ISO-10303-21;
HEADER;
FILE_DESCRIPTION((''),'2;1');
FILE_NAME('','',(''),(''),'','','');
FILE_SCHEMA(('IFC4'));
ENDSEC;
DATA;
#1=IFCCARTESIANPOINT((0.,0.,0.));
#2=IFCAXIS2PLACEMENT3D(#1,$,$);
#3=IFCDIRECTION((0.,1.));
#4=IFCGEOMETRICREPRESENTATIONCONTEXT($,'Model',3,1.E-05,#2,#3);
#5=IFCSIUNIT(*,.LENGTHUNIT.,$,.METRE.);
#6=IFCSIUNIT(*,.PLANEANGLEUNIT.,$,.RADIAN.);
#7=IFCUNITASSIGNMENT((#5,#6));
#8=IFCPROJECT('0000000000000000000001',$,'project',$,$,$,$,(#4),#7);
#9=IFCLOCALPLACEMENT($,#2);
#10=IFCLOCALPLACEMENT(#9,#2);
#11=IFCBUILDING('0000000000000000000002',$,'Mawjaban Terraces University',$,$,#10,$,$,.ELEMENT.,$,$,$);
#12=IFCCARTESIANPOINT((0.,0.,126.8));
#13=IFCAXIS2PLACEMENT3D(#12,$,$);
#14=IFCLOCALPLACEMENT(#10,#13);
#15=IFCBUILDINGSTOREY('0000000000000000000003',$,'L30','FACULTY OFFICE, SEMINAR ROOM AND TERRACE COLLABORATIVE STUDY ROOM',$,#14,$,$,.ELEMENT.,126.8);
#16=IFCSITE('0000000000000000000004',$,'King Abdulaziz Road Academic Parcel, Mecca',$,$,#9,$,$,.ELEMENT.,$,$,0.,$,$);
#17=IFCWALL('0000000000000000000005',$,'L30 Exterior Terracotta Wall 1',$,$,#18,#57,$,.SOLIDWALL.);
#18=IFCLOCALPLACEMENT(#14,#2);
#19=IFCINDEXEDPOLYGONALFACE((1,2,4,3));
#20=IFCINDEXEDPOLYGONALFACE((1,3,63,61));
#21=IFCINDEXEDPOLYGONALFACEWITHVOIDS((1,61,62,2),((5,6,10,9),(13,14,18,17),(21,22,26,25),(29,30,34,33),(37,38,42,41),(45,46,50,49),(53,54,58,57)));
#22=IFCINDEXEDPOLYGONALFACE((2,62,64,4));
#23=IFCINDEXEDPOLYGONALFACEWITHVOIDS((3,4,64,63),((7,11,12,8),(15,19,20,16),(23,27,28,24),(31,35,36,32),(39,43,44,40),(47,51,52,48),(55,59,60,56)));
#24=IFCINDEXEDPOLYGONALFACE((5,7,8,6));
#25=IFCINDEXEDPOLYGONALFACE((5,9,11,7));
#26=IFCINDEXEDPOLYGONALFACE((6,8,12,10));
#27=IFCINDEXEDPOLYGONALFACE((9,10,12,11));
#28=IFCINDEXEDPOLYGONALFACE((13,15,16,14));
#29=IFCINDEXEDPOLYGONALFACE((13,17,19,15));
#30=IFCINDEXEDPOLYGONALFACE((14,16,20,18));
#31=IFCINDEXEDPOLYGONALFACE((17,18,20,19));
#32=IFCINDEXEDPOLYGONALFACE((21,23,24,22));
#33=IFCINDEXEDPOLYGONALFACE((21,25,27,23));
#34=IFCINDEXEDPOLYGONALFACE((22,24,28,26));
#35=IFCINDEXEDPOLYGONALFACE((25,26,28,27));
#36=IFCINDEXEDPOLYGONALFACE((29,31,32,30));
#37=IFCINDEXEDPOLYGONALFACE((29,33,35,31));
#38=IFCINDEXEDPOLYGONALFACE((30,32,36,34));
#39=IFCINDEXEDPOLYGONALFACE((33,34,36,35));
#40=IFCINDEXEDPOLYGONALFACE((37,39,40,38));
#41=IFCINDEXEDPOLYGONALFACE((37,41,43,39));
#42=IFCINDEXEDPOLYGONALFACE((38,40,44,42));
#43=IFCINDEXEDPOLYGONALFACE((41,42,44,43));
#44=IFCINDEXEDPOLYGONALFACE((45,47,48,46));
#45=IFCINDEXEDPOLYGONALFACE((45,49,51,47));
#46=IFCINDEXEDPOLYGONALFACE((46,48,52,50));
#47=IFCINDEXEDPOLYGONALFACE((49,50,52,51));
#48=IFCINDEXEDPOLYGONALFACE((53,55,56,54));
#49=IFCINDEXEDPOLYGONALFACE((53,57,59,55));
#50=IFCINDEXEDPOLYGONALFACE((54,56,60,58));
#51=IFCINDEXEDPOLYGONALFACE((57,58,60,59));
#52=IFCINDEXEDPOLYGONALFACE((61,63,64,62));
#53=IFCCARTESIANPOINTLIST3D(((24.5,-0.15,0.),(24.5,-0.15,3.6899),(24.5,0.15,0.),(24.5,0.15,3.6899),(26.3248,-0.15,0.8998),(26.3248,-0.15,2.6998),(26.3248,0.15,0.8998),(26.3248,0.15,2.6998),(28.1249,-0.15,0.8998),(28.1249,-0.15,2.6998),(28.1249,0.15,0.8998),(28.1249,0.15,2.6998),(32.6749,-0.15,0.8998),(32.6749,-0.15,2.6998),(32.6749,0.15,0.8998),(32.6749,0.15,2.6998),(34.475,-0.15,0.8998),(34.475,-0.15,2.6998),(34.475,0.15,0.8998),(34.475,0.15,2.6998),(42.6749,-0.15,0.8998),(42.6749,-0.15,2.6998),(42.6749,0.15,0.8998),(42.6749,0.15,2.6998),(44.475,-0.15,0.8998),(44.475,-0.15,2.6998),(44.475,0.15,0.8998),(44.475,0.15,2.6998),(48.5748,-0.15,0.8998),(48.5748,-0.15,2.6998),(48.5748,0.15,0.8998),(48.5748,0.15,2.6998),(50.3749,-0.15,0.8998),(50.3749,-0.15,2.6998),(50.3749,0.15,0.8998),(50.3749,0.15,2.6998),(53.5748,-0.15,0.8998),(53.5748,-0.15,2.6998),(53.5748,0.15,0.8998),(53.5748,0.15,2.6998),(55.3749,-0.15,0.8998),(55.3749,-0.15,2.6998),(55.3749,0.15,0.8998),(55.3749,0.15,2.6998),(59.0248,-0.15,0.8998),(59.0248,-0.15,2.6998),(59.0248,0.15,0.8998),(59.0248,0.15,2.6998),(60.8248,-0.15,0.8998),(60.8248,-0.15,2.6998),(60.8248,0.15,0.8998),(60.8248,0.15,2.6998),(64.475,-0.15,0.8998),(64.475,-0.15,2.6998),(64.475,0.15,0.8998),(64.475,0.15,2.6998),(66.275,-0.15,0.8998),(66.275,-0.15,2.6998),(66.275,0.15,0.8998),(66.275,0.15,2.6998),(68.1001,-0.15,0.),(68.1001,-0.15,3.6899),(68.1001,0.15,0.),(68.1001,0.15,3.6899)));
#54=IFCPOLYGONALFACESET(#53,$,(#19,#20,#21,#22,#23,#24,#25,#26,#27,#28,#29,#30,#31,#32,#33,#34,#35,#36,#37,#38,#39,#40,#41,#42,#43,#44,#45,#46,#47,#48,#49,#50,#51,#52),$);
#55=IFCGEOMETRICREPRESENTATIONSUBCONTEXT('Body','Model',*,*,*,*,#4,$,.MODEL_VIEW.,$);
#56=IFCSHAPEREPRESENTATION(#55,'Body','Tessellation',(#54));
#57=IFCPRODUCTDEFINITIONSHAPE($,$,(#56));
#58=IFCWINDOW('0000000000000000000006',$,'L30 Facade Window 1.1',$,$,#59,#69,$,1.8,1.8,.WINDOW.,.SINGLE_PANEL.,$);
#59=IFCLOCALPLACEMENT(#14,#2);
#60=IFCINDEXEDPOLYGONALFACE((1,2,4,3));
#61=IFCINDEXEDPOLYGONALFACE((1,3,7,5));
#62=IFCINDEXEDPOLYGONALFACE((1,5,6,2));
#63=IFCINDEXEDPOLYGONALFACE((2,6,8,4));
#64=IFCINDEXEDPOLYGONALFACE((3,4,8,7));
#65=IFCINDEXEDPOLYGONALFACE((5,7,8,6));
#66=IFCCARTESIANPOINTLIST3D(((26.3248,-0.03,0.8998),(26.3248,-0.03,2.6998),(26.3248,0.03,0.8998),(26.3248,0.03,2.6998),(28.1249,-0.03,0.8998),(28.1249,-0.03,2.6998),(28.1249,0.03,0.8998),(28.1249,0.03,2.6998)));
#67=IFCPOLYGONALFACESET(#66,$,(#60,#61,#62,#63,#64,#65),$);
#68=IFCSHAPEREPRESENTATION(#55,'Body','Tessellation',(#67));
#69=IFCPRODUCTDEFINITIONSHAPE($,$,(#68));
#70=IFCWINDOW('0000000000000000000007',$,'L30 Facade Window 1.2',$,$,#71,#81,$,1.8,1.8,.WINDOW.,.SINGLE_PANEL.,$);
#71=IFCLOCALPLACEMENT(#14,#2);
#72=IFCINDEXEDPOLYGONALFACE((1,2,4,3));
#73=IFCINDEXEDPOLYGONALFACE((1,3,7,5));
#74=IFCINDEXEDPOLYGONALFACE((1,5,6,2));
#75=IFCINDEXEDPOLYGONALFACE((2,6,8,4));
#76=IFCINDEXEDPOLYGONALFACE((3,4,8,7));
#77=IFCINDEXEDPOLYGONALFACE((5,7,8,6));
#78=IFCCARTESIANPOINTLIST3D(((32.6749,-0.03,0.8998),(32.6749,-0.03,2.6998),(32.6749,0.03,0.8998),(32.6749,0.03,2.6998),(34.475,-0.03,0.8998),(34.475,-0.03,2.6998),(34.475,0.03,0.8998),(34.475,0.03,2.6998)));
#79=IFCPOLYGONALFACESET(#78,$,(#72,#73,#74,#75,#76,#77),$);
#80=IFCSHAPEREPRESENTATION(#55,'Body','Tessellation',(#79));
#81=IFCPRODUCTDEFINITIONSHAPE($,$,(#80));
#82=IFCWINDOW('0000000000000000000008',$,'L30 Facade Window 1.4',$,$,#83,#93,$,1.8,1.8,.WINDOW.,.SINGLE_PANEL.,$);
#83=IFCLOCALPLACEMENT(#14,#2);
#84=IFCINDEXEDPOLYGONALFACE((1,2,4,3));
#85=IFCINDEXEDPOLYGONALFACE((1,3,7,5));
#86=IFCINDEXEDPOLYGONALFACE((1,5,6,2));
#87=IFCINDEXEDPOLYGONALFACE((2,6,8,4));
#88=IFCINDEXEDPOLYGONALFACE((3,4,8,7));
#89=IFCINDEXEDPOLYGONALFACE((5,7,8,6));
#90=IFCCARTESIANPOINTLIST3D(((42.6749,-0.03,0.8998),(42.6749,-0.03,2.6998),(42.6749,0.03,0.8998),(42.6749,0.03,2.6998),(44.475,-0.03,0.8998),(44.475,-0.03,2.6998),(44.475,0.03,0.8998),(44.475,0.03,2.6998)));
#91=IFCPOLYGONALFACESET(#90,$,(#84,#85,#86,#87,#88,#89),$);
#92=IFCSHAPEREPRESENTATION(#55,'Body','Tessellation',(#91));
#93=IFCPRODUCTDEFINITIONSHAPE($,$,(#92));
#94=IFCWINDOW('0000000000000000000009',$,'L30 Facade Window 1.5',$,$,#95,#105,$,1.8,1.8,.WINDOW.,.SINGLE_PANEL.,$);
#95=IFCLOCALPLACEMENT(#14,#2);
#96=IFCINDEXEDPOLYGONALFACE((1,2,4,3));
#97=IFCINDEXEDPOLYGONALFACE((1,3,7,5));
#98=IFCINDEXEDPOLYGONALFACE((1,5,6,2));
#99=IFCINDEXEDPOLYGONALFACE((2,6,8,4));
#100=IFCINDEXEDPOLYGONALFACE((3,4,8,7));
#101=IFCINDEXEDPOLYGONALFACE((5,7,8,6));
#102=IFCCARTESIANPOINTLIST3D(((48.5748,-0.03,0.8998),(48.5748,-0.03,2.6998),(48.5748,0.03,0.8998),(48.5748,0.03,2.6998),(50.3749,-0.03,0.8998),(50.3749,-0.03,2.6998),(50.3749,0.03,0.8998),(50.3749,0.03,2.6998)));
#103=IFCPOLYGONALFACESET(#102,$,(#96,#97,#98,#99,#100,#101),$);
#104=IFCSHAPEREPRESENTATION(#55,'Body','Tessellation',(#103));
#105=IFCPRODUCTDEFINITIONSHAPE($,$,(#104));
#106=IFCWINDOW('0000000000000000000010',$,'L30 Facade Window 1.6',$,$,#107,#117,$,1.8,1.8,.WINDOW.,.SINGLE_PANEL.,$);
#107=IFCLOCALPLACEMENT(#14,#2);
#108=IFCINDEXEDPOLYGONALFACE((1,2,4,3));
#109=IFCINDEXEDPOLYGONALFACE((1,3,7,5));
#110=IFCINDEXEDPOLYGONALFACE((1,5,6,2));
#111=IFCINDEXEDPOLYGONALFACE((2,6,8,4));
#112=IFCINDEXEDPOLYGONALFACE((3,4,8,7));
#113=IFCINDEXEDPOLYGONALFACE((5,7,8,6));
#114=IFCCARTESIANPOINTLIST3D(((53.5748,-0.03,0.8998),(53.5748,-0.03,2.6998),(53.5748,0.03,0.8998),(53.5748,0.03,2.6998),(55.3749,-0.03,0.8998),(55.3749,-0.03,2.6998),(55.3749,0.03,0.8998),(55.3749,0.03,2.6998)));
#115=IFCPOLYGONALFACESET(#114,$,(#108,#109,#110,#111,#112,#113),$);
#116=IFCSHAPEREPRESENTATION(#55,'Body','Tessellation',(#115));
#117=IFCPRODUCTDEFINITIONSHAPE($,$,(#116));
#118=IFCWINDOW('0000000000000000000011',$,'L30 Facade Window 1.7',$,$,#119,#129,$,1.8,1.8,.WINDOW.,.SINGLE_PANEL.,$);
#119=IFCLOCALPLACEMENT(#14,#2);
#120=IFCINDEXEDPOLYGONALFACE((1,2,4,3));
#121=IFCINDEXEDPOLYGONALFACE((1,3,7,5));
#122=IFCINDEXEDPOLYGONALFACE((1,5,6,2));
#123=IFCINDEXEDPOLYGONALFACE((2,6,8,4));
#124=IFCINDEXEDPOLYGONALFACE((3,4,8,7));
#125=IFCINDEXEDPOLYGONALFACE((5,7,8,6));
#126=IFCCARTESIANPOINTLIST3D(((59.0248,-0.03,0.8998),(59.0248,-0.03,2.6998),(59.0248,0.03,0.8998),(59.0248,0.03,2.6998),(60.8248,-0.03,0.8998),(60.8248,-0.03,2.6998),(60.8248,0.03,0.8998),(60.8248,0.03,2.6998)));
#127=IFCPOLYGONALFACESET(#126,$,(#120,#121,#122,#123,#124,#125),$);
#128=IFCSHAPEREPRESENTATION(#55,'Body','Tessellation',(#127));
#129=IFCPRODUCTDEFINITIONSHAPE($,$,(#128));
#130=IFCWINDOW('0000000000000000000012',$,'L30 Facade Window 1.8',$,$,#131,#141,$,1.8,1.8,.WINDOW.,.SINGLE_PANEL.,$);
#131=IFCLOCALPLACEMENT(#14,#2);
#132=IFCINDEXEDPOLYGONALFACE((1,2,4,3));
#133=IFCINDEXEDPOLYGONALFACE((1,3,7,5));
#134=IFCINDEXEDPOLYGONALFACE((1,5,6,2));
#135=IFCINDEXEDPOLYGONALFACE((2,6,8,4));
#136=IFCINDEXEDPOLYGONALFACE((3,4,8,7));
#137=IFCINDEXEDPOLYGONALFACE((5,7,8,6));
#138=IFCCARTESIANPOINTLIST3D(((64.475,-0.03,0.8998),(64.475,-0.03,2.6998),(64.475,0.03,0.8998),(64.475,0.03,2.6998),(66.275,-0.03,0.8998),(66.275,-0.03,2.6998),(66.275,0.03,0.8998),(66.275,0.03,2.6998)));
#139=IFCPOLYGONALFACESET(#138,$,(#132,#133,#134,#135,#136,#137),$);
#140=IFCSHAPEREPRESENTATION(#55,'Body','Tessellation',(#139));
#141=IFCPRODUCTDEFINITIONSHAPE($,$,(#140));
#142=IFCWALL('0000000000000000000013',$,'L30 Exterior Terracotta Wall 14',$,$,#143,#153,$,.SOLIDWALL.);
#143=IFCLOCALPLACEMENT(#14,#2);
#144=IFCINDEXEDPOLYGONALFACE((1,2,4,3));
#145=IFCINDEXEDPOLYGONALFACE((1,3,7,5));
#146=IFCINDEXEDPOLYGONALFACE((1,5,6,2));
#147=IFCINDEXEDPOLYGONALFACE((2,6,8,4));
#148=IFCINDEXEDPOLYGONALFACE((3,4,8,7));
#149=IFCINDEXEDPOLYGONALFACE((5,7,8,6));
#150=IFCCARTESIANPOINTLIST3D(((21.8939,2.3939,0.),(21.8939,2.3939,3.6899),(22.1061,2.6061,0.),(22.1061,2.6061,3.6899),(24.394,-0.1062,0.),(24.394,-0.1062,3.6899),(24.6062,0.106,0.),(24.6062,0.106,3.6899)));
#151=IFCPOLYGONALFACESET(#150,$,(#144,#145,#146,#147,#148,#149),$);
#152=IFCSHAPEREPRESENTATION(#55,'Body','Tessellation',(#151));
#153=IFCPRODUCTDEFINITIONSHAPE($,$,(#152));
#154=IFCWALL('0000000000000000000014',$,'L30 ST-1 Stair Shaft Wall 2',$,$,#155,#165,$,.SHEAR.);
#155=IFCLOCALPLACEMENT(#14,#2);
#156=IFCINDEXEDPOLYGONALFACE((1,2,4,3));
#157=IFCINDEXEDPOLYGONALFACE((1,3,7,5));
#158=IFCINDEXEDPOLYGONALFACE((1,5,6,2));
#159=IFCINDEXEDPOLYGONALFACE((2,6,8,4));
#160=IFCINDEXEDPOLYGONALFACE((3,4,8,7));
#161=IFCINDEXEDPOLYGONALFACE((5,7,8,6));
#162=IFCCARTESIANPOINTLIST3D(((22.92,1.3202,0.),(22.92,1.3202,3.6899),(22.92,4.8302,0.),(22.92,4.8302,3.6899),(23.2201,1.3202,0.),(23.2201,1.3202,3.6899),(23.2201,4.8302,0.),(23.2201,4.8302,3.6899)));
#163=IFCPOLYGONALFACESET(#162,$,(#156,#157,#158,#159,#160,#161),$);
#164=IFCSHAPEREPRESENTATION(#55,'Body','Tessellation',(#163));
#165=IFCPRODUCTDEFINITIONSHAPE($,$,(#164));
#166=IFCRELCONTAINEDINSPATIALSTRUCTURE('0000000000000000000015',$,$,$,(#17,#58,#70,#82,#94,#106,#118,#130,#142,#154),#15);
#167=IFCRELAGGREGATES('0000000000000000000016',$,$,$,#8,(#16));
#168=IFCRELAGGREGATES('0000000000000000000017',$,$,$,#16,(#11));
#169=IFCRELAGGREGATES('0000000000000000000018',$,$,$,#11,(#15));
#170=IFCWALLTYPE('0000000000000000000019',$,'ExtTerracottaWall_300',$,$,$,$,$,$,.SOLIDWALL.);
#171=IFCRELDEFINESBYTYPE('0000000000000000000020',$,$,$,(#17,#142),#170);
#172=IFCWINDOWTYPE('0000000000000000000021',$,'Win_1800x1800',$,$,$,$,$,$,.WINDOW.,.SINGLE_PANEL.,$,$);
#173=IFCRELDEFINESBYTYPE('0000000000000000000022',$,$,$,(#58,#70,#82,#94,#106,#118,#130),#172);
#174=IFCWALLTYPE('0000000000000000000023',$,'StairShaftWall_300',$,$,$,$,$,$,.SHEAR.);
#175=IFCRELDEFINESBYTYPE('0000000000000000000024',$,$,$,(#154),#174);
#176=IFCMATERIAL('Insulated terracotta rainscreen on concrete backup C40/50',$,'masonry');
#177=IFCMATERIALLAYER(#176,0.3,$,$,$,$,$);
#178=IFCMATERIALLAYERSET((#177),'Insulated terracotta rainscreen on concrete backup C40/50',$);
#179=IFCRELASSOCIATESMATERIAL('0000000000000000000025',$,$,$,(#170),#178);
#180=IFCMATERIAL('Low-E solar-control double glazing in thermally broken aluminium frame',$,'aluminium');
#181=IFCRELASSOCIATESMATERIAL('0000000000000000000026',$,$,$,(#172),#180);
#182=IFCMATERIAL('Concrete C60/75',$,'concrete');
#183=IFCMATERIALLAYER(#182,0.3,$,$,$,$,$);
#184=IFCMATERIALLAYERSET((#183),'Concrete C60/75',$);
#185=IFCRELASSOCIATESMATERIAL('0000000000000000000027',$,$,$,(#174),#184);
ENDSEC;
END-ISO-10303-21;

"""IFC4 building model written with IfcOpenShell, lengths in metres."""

from ifc_helpers import new_model, si_unit, direction, frame, frame_2d, origin, place, context, subcontext, project, spatial, rectangle, extrude, material, layer, layer_set, type_object, element, fill, save


model = new_model("IFC4")

# Units and contexts
model_context = context("Model", 3, precision=1e-05, world=origin(), true_north=direction((0.0, 1.0)))
body_context = subcontext(model_context, "Body", "Model", "MODEL_VIEW")
ifc_project = project(units=[si_unit("LENGTHUNIT", "METRE"), si_unit("PLANEANGLEUNIT", "RADIAN")], contexts=[model_context])

# Site, building, storey
site_placement = place(None, origin())
site = spatial("IfcSite", under=ifc_project, at=site_placement, Name="King Abdulaziz Road Academic Parcel, Mecca", CompositionType="ELEMENT", RefElevation=0.0)
building_placement = place(site_placement, origin())
building = spatial("IfcBuilding", under=site, at=building_placement, Name="Mawjaban Terraces University", CompositionType="ELEMENT")
storey_placement = place(building_placement, frame((0.0, 0.0, 126.8)))
storey = spatial("IfcBuildingStorey", under=building, at=storey_placement, Name="L30", Description="FACULTY OFFICE, SEMINAR ROOM AND TERRACE COLLABORATIVE STUDY ROOM", CompositionType="ELEMENT", Elevation=126.8)

# Shared definitions
ifc_material_1 = material(Name="Concrete C60/75", Category="concrete")

# Wall, openings, windows
ifc_material_2 = material(Name="Insulated terracotta rainscreen on concrete backup C40/50", Category="masonry")
ifc_layer_1 = layer(ifc_material_2, 0.3)
ifc_layer_set_1 = layer_set([ifc_layer_1], Name="Insulated terracotta rainscreen on concrete backup C40/50")
wall_type_1 = type_object("IfcWallType", Name="ExtTerracottaWall_300", PredefinedType="SOLIDWALL", material=ifc_layer_set_1)
wall_1_placement = place(storey_placement, frame((24.5, 0.0, 0.0), z_axis=(0.0, 0.0, 1.0), x_axis=(1.0, 0.0, 0.0)))
wall_1 = element("IfcWall", 1, at=wall_1_placement, inside=storey, type_object=wall_type_1, Name="L30 Exterior Terracotta Wall 1", PredefinedType="SOLIDWALL", context=body_context, shape_type="SweptSolid", body=[
    extrude(rectangle(XDim=43.6001, YDim=0.3, at=frame_2d((21.8, 0.0))), origin(), (0.0, 0.0, 1.0), 3.6899),
])
opening_1_placement = place(wall_1_placement, frame((1.825, 0.0, 0.8999)))
opening_1 = element("IfcOpeningElement", 2, at=opening_1_placement, cuts=wall_1, PredefinedType="OPENING", context=body_context, shape_type="SweptSolid", body=[
    extrude(rectangle(XDim=1.8, YDim=1.8, at=frame_2d((0.8999, 0.8999))), frame((0.0, 0.1599, 0.0), z_axis=(0.0, -1.0, 0.0), x_axis=(1.0, 0.0, 0.0)), (0.0, 0.0, 1.0), 0.3201),
])
opening_2_placement = place(wall_1_placement, frame((8.175, 0.0, 0.8999)))
opening_2 = element("IfcOpeningElement", 3, at=opening_2_placement, cuts=wall_1, PredefinedType="OPENING", context=body_context, shape_type="SweptSolid", body=[
    extrude(rectangle(XDim=1.8, YDim=1.8, at=frame_2d((0.8999, 0.8999))), frame((0.0, 0.1599, 0.0), z_axis=(0.0, -1.0, 0.0), x_axis=(1.0, 0.0, 0.0)), (0.0, 0.0, 1.0), 0.3201),
])
opening_3_placement = place(wall_1_placement, frame((18.175, 0.0, 0.8999)))
opening_3 = element("IfcOpeningElement", 4, at=opening_3_placement, cuts=wall_1, PredefinedType="OPENING", context=body_context, shape_type="SweptSolid", body=[
    extrude(rectangle(XDim=1.8, YDim=1.8, at=frame_2d((0.8999, 0.8999))), frame((0.0, 0.1599, 0.0), z_axis=(0.0, -1.0, 0.0), x_axis=(1.0, 0.0, 0.0)), (0.0, 0.0, 1.0), 0.3201),
])
opening_4_placement = place(wall_1_placement, frame((24.075, 0.0, 0.8999)))
opening_4 = element("IfcOpeningElement", 5, at=opening_4_placement, cuts=wall_1, PredefinedType="OPENING", context=body_context, shape_type="SweptSolid", body=[
    extrude(rectangle(XDim=1.8, YDim=1.8, at=frame_2d((0.8999, 0.8999))), frame((0.0, 0.1599, 0.0), z_axis=(0.0, -1.0, 0.0), x_axis=(1.0, 0.0, 0.0)), (0.0, 0.0, 1.0), 0.3201),
])
opening_5_placement = place(wall_1_placement, frame((29.075, 0.0, 0.8999)))
opening_5 = element("IfcOpeningElement", 6, at=opening_5_placement, cuts=wall_1, PredefinedType="OPENING", context=body_context, shape_type="SweptSolid", body=[
    extrude(rectangle(XDim=1.8, YDim=1.8, at=frame_2d((0.8999, 0.8999))), frame((0.0, 0.1599, 0.0), z_axis=(0.0, -1.0, 0.0), x_axis=(1.0, 0.0, 0.0)), (0.0, 0.0, 1.0), 0.3201),
])
opening_6_placement = place(wall_1_placement, frame((34.5249, 0.0, 0.8999)))
opening_6 = element("IfcOpeningElement", 7, at=opening_6_placement, cuts=wall_1, PredefinedType="OPENING", context=body_context, shape_type="SweptSolid", body=[
    extrude(rectangle(XDim=1.8, YDim=1.8, at=frame_2d((0.8999, 0.8999))), frame((0.0, 0.1599, 0.0), z_axis=(0.0, -1.0, 0.0), x_axis=(1.0, 0.0, 0.0)), (0.0, 0.0, 1.0), 0.3201),
])
opening_7_placement = place(wall_1_placement, frame((39.9751, 0.0, 0.8999)))
opening_7 = element("IfcOpeningElement", 8, at=opening_7_placement, cuts=wall_1, PredefinedType="OPENING", context=body_context, shape_type="SweptSolid", body=[
    extrude(rectangle(XDim=1.8, YDim=1.8, at=frame_2d((0.8999, 0.8999))), frame((0.0, 0.1599, 0.0), z_axis=(0.0, -1.0, 0.0), x_axis=(1.0, 0.0, 0.0)), (0.0, 0.0, 1.0), 0.3201),
])
ifc_material_3 = material(Name="Low-E solar-control double glazing in thermally broken aluminium frame", Category="aluminium")
window_type = type_object("IfcWindowType", Name="Win_1800x1800", PartitioningType="SINGLE_PANEL", PredefinedType="WINDOW", material=ifc_material_3)
window_1_placement = place(opening_1_placement, origin())
window_1 = element("IfcWindow", 9, at=window_1_placement, inside=storey, type_object=window_type, Name="L30 Facade Window 1.1", OverallHeight=1.8, OverallWidth=1.8, PartitioningType="SINGLE_PANEL", PredefinedType="WINDOW", context=body_context, shape_type="SweptSolid", body=[
    extrude(rectangle(XDim=1.8, YDim=1.8, at=frame_2d((0.8999, 0.8999))), frame((0.0, 0.03, 0.0), z_axis=(0.0, -1.0, 0.0), x_axis=(1.0, 0.0, 0.0)), (0.0, 0.0, 1.0), 0.0601),
])
fill(opening_1, window_1)
window_2_placement = place(opening_2_placement, origin())
window_2 = element("IfcWindow", 10, at=window_2_placement, inside=storey, type_object=window_type, Name="L30 Facade Window 1.2", OverallHeight=1.8, OverallWidth=1.8, PartitioningType="SINGLE_PANEL", PredefinedType="WINDOW", context=body_context, shape_type="SweptSolid", body=[
    extrude(rectangle(XDim=1.8, YDim=1.8, at=frame_2d((0.8999, 0.8999))), frame((0.0, 0.03, 0.0), z_axis=(0.0, -1.0, 0.0), x_axis=(1.0, 0.0, 0.0)), (0.0, 0.0, 1.0), 0.0601),
])
fill(opening_2, window_2)
window_3_placement = place(opening_3_placement, origin())
window_3 = element("IfcWindow", 11, at=window_3_placement, inside=storey, type_object=window_type, Name="L30 Facade Window 1.4", OverallHeight=1.8, OverallWidth=1.8, PartitioningType="SINGLE_PANEL", PredefinedType="WINDOW", context=body_context, shape_type="SweptSolid", body=[
    extrude(rectangle(XDim=1.8, YDim=1.8, at=frame_2d((0.8999, 0.8999))), frame((0.0, 0.03, 0.0), z_axis=(0.0, -1.0, 0.0), x_axis=(1.0, 0.0, 0.0)), (0.0, 0.0, 1.0), 0.0601),
])
fill(opening_3, window_3)
window_4_placement = place(opening_4_placement, origin())
window_4 = element("IfcWindow", 12, at=window_4_placement, inside=storey, type_object=window_type, Name="L30 Facade Window 1.5", OverallHeight=1.8, OverallWidth=1.8, PartitioningType="SINGLE_PANEL", PredefinedType="WINDOW", context=body_context, shape_type="SweptSolid", body=[
    extrude(rectangle(XDim=1.8, YDim=1.8, at=frame_2d((0.8999, 0.8999))), frame((0.0, 0.03, 0.0), z_axis=(0.0, -1.0, 0.0), x_axis=(1.0, 0.0, 0.0)), (0.0, 0.0, 1.0), 0.0601),
])
fill(opening_4, window_4)
window_5_placement = place(opening_5_placement, origin())
window_5 = element("IfcWindow", 13, at=window_5_placement, inside=storey, type_object=window_type, Name="L30 Facade Window 1.6", OverallHeight=1.8, OverallWidth=1.8, PartitioningType="SINGLE_PANEL", PredefinedType="WINDOW", context=body_context, shape_type="SweptSolid", body=[
    extrude(rectangle(XDim=1.8, YDim=1.8, at=frame_2d((0.8999, 0.8999))), frame((0.0, 0.03, 0.0), z_axis=(0.0, -1.0, 0.0), x_axis=(1.0, 0.0, 0.0)), (0.0, 0.0, 1.0), 0.0601),
])
fill(opening_5, window_5)
window_6_placement = place(opening_6_placement, origin())
window_6 = element("IfcWindow", 14, at=window_6_placement, inside=storey, type_object=window_type, Name="L30 Facade Window 1.7", OverallHeight=1.8, OverallWidth=1.8, PartitioningType="SINGLE_PANEL", PredefinedType="WINDOW", context=body_context, shape_type="SweptSolid", body=[
    extrude(rectangle(XDim=1.8, YDim=1.8, at=frame_2d((0.8999, 0.8999))), frame((0.0, 0.03, 0.0), z_axis=(0.0, -1.0, 0.0), x_axis=(1.0, 0.0, 0.0)), (0.0, 0.0, 1.0), 0.0601),
])
fill(opening_6, window_6)
window_7_placement = place(opening_7_placement, origin())
window_7 = element("IfcWindow", 15, at=window_7_placement, inside=storey, type_object=window_type, Name="L30 Facade Window 1.8", OverallHeight=1.8, OverallWidth=1.8, PartitioningType="SINGLE_PANEL", PredefinedType="WINDOW", context=body_context, shape_type="SweptSolid", body=[
    extrude(rectangle(XDim=1.8, YDim=1.8, at=frame_2d((0.8999, 0.8999))), frame((0.0, 0.03, 0.0), z_axis=(0.0, -1.0, 0.0), x_axis=(1.0, 0.0, 0.0)), (0.0, 0.0, 1.0), 0.0601),
])
fill(opening_7, window_7)

# Walls
wall_2_placement = place(storey_placement, frame((22.0, 2.5, 0.0), z_axis=(0.0, 0.0, 1.0), x_axis=(0.707107, -0.707107, 0.0)))
element("IfcWall", 16, at=wall_2_placement, inside=storey, type_object=wall_type_1, Name="L30 Exterior Terracotta Wall 14", PredefinedType="SOLIDWALL", context=body_context, shape_type="SweptSolid", body=[
    extrude(rectangle(XDim=3.5356, YDim=0.3, at=frame_2d((1.7678, 0.0))), origin(), (0.0, 0.0, 1.0), 3.6899),
])
ifc_layer_2 = layer(ifc_material_1, 0.3)
ifc_layer_set_2 = layer_set([ifc_layer_2], Name="Concrete C60/75")
wall_type_2 = type_object("IfcWallType", Name="StairShaftWall_300", PredefinedType="SHEAR", material=ifc_layer_set_2)
wall_3_placement = place(storey_placement, frame((23.0701, 4.8301, 0.0), z_axis=(0.0, 0.0, 1.0), x_axis=(0.0, -1.0, 0.0)))
element("IfcWall", 17, at=wall_3_placement, inside=storey, type_object=wall_type_2, Name="L30 ST-1 Stair Shaft Wall 2", PredefinedType="SHEAR", context=body_context, shape_type="SweptSolid", body=[
    extrude(rectangle(XDim=3.51, YDim=0.3, at=frame_2d((1.7549, 0.0))), origin(), (0.0, 0.0, 1.0), 3.6899),
])

save(model, "model.ifc")
